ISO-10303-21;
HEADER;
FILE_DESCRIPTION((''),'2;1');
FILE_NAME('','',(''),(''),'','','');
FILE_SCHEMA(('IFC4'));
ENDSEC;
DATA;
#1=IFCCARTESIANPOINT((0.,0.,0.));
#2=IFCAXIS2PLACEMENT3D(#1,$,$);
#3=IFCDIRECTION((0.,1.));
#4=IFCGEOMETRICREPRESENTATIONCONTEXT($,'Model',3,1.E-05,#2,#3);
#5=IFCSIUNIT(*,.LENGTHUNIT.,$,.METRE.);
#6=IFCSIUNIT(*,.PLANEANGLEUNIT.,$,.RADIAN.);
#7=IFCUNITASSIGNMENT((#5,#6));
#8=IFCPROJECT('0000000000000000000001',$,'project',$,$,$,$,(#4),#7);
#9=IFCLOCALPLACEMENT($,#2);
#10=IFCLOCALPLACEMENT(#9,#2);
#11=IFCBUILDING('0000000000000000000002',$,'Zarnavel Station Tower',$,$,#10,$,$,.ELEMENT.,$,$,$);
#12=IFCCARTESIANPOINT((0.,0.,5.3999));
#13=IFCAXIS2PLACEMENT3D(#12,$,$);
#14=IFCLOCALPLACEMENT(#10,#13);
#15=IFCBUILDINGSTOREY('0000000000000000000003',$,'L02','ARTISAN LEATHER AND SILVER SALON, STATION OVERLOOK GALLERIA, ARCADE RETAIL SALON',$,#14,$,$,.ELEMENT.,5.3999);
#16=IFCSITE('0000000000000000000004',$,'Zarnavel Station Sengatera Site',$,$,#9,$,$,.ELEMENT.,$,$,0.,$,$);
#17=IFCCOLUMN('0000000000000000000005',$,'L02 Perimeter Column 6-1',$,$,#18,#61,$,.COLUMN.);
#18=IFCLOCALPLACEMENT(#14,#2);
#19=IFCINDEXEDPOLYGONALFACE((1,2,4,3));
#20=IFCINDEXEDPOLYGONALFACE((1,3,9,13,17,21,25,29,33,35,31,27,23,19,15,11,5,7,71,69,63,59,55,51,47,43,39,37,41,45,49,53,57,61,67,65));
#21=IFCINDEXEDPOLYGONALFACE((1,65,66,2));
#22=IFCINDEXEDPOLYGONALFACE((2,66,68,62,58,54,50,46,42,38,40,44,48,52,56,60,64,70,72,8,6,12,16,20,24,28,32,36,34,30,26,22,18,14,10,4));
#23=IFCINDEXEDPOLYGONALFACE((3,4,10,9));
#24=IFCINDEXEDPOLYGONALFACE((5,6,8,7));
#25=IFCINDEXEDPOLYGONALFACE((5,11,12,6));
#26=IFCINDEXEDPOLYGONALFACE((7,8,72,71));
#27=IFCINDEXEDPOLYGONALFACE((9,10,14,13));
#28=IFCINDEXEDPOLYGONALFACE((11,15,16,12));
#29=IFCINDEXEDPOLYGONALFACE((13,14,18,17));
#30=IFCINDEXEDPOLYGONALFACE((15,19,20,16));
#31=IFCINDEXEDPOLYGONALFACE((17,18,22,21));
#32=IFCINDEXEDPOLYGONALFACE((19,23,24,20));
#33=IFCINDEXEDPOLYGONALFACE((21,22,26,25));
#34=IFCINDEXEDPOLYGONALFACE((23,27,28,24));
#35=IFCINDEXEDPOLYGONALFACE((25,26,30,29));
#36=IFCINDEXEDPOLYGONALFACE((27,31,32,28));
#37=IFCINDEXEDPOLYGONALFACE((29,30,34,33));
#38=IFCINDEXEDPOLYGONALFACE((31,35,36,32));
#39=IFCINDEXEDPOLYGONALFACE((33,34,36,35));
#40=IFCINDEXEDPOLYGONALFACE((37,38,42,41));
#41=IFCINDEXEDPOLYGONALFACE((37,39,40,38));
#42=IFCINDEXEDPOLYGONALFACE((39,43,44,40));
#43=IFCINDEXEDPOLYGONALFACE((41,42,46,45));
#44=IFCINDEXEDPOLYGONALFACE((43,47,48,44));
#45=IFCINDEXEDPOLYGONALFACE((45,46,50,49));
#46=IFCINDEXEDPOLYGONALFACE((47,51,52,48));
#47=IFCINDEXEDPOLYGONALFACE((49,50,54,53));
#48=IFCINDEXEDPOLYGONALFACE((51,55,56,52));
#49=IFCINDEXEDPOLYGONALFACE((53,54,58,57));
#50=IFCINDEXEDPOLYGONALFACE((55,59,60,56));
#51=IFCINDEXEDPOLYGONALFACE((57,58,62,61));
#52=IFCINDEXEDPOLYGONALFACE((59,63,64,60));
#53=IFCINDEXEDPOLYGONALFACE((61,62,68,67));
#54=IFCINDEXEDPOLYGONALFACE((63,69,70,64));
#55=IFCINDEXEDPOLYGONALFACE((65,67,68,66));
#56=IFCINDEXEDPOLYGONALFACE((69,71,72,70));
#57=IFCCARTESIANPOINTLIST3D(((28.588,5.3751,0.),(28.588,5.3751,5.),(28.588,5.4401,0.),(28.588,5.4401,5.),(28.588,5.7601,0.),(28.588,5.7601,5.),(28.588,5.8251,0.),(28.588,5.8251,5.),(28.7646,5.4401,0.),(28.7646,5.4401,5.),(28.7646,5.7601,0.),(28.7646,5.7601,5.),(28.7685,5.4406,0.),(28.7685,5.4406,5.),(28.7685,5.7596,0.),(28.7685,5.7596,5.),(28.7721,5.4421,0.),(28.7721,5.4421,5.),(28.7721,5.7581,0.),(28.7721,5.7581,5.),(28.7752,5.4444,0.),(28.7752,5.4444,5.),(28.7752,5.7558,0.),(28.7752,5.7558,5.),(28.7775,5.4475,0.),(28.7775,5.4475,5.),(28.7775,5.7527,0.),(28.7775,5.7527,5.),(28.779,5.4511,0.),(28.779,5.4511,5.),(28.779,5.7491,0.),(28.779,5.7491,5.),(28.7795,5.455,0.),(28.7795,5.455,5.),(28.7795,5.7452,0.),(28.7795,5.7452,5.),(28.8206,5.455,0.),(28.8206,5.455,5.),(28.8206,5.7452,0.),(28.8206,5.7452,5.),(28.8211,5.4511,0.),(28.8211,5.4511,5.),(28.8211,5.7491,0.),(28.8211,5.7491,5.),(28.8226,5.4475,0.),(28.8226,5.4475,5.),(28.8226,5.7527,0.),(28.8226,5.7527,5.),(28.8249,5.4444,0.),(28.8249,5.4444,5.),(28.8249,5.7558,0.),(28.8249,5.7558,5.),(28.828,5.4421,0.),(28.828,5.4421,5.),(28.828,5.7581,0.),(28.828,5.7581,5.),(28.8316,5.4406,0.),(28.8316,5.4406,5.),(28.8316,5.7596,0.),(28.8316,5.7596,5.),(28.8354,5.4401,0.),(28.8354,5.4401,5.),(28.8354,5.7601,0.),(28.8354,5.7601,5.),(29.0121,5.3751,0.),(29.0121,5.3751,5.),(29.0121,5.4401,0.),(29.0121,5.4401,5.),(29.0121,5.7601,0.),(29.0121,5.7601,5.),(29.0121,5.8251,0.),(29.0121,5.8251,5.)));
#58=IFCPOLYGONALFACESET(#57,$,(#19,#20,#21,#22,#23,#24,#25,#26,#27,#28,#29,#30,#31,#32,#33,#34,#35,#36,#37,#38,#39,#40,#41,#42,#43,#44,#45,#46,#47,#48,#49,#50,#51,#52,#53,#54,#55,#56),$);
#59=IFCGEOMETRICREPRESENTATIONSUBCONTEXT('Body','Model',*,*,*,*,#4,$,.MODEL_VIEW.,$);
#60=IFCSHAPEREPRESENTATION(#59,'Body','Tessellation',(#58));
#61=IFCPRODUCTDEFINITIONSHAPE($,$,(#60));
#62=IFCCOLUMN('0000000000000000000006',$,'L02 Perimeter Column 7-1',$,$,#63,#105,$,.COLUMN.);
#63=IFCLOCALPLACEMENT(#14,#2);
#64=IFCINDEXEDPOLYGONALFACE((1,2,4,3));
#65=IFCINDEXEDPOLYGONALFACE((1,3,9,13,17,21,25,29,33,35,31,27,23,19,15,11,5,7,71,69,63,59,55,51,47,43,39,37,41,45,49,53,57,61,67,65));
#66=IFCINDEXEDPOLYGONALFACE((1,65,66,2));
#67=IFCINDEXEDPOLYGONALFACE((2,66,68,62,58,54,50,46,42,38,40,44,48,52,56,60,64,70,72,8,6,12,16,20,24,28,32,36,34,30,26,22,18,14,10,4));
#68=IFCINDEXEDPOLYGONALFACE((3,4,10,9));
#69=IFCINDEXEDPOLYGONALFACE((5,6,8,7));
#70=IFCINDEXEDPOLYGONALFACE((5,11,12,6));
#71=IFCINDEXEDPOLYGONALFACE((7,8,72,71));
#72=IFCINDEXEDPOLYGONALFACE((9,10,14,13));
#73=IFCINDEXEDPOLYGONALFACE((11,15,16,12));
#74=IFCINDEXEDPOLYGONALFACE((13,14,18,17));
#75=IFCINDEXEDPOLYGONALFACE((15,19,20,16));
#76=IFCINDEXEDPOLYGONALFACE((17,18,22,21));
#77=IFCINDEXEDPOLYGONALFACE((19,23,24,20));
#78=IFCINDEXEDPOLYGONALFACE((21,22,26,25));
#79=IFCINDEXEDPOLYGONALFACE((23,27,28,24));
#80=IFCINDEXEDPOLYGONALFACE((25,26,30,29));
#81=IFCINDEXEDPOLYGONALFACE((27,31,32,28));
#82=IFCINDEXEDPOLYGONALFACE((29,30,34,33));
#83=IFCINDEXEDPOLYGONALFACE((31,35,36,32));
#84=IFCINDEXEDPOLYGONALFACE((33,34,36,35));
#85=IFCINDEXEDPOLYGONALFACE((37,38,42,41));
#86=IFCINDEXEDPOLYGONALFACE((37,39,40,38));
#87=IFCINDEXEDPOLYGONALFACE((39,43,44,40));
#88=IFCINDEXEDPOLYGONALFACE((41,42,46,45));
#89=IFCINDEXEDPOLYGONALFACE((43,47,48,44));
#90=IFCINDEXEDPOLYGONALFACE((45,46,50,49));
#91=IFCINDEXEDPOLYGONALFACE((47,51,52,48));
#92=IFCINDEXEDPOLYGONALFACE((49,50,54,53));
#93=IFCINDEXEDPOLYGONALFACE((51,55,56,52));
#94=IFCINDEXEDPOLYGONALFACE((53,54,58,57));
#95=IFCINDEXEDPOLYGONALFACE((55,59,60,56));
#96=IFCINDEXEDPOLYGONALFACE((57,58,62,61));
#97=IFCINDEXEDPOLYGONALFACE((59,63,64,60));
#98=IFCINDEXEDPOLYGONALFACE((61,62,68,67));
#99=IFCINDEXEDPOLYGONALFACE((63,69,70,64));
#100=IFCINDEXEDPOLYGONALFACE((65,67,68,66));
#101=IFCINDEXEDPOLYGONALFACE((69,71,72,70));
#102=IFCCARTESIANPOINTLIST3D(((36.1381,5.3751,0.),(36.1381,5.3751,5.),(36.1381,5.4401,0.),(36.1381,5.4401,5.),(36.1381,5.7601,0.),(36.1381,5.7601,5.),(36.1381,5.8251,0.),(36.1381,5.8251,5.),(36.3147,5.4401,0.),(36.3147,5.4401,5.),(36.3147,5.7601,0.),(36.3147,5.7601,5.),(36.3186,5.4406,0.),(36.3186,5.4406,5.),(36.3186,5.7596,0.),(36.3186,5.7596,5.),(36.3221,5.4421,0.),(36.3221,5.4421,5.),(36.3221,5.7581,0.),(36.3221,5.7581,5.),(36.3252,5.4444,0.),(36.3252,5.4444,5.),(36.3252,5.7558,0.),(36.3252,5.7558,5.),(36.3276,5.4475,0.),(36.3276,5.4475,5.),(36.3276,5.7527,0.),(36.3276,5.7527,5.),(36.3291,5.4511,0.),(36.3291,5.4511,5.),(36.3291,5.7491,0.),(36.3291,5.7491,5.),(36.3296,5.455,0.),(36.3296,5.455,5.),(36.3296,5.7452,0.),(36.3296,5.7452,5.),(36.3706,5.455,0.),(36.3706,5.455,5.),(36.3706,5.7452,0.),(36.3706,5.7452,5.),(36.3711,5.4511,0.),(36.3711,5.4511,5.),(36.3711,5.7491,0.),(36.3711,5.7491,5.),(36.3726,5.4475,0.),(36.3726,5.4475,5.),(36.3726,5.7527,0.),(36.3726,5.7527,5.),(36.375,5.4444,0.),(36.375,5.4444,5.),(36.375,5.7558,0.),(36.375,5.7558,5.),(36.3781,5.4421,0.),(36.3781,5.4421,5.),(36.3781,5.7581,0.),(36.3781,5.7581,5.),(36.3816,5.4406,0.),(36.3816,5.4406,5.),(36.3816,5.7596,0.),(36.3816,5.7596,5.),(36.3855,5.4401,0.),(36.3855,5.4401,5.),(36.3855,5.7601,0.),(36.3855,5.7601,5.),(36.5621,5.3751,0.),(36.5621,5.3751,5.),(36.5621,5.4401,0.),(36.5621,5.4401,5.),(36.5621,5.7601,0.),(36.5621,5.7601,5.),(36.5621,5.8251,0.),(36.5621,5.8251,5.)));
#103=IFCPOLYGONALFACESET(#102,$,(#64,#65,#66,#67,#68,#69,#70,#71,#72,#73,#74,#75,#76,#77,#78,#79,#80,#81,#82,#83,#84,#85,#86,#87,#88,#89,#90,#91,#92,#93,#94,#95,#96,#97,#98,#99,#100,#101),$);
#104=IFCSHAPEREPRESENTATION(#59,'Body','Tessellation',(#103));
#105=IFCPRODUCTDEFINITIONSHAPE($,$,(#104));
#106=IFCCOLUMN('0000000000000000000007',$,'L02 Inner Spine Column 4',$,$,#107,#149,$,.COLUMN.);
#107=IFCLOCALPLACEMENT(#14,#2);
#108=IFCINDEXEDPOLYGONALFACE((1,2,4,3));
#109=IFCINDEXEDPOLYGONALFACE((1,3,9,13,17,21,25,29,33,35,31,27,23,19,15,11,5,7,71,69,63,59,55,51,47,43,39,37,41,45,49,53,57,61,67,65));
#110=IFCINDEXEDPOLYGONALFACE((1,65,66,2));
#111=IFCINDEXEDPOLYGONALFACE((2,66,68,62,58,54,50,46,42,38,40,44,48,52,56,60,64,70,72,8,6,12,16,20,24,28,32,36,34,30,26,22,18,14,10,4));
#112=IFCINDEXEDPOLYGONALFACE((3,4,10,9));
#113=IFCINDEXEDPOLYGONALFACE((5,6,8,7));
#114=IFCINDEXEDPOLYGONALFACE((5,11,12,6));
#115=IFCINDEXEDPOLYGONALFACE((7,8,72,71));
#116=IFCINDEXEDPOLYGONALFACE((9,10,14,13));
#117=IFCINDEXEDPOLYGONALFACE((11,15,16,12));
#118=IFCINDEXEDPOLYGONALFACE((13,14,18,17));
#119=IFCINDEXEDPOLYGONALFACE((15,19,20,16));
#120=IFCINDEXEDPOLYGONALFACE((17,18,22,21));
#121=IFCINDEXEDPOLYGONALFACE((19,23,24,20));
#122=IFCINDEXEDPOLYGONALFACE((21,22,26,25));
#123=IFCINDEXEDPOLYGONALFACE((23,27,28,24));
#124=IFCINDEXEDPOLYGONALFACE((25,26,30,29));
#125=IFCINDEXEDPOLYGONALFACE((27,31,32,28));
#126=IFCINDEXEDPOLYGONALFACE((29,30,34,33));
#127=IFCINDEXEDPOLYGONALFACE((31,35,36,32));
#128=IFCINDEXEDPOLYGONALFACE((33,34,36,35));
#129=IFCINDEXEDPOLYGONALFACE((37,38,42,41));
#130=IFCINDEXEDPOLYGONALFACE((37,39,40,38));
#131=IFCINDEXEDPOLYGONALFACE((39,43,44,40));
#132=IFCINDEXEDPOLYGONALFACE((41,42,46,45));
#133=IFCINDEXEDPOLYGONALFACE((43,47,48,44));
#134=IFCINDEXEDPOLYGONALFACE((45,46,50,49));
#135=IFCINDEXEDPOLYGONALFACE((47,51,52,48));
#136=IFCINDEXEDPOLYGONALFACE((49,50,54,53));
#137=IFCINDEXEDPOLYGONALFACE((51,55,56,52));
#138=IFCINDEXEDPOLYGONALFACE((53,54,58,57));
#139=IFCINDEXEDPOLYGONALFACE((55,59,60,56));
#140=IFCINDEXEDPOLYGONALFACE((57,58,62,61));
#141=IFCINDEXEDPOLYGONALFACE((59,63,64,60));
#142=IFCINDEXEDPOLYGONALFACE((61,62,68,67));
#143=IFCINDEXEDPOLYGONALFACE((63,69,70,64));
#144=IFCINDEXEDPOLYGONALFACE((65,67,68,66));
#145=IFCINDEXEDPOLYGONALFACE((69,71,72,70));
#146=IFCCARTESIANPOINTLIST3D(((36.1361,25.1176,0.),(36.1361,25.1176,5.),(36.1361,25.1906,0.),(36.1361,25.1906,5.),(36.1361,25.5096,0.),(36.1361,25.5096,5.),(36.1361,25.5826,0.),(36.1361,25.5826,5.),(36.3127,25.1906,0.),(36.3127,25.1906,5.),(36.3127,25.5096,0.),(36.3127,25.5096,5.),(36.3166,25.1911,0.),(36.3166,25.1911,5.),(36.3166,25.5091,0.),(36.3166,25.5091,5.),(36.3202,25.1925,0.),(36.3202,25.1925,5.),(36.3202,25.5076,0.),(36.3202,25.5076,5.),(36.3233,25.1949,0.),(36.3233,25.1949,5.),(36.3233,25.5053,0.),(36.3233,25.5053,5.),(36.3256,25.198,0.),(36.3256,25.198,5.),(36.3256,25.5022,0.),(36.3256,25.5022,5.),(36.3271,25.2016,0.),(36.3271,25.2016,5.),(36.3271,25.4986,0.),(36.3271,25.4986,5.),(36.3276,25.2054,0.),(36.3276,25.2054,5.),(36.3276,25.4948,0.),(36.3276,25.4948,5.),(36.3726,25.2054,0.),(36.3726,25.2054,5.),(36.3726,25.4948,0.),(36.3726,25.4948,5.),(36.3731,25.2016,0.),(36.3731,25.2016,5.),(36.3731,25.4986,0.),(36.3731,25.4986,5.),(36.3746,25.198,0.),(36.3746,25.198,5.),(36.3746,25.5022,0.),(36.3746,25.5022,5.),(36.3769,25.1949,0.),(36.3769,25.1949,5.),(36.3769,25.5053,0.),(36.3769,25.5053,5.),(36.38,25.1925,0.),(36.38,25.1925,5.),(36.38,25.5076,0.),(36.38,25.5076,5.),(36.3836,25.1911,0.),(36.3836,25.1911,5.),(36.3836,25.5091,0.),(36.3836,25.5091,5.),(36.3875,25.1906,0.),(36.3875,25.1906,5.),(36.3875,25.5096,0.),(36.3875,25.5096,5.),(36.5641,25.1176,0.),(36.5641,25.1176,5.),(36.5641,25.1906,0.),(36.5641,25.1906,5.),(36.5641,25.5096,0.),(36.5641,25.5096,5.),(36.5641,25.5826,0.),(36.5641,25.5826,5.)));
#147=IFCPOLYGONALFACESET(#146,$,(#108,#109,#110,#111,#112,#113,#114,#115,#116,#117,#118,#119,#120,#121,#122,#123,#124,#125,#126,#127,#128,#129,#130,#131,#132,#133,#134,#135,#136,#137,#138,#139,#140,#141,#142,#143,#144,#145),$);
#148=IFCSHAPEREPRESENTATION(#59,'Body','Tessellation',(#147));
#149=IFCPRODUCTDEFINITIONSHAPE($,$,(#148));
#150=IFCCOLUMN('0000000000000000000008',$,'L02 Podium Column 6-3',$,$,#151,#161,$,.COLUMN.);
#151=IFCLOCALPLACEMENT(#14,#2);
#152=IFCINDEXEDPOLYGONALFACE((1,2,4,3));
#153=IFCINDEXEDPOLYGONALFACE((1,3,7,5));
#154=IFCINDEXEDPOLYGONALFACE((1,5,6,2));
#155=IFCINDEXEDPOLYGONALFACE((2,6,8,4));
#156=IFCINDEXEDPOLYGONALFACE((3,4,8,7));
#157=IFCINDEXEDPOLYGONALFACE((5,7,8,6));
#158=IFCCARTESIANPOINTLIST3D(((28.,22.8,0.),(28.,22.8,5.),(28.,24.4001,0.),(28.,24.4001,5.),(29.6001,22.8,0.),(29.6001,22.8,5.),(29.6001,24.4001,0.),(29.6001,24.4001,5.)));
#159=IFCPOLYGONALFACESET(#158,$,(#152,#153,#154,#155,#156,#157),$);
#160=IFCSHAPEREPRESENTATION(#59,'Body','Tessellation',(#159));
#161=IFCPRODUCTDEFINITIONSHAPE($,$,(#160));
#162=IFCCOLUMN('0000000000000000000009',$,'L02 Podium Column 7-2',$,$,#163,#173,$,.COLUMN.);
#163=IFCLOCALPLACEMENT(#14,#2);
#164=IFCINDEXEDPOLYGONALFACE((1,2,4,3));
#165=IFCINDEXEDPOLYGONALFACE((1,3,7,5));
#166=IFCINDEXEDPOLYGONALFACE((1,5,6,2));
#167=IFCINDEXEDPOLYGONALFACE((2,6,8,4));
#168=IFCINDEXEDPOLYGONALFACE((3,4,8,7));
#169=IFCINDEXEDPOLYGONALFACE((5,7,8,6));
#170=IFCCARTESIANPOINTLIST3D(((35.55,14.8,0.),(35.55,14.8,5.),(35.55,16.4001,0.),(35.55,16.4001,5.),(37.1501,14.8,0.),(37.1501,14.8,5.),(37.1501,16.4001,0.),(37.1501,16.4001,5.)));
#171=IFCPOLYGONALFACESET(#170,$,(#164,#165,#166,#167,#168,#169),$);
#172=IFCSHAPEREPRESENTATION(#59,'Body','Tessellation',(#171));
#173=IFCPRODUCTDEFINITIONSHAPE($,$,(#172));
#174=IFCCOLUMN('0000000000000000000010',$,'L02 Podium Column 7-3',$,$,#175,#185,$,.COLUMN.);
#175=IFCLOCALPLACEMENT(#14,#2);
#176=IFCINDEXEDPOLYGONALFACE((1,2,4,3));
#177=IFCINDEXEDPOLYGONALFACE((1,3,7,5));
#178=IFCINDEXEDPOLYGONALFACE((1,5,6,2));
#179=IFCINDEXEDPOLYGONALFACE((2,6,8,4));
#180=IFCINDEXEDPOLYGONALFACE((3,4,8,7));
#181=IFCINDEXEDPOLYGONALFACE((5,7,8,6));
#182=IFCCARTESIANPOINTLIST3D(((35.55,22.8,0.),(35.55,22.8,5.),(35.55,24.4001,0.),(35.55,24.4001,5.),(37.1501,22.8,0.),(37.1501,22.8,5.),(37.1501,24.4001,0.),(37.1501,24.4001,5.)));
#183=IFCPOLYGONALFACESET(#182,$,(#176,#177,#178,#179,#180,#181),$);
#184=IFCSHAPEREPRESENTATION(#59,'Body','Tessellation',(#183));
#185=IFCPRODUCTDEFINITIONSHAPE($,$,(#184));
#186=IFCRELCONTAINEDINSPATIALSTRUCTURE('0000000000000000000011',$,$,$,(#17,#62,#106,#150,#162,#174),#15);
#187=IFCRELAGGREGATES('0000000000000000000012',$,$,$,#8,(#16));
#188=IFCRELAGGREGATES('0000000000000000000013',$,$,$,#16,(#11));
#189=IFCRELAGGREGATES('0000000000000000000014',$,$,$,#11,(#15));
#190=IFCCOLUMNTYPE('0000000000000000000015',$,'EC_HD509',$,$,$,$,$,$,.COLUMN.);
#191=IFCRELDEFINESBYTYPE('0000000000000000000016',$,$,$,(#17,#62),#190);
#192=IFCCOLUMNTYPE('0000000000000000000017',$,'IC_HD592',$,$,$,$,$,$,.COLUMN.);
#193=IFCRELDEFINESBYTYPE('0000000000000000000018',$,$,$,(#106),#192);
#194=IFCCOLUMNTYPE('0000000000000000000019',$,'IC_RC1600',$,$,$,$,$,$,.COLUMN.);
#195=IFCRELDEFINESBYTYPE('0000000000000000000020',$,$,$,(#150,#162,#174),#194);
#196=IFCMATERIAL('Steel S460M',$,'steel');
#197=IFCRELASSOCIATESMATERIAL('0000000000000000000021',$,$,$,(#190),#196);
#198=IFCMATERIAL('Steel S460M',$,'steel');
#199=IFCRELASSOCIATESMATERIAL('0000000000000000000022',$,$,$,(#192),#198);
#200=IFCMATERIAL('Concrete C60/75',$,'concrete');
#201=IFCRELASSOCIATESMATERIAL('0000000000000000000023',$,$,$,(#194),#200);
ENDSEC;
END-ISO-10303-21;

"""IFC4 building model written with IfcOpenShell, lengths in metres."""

from ifc_helpers import new_model, si_unit, direction, frame, origin, origin_2d, place, context, subcontext, project, spatial, rectangle, i_section, extrude, material, material_profile, profile_set, type_object, element, save


model = new_model("IFC4")

# Units and contexts
model_context = context("Model", 3, precision=1e-05, world=origin(), true_north=direction((0.0, 1.0)))
body_context = subcontext(model_context, "Body", "Model", "MODEL_VIEW")
ifc_project = project(units=[si_unit("LENGTHUNIT", "METRE"), si_unit("PLANEANGLEUNIT", "RADIAN")], contexts=[model_context])

# Site, building, storey
site_placement = place(None, origin())
site = spatial("IfcSite", under=ifc_project, at=site_placement, Name="Zarnavel Station Sengatera Site", CompositionType="ELEMENT", RefElevation=0.0)
building_placement = place(site_placement, origin())
building = spatial("IfcBuilding", under=site, at=building_placement, Name="Zarnavel Station Tower", CompositionType="ELEMENT")
storey_placement = place(building_placement, frame((0.0, 0.0, 5.3999)))
storey = spatial("IfcBuildingStorey", under=building, at=storey_placement, Name="L02", Description="ARTISAN LEATHER AND SILVER SALON, STATION OVERLOOK GALLERIA, ARCADE RETAIL SALON", CompositionType="ELEMENT", Elevation=5.3999)

# Columns
ifc_material_1 = material(Name="Steel S460M", Category="steel")
ifc_material_profile_1 = material_profile(ifc_material_1, i_section(OverallWidth=0.4241, OverallDepth=0.45, WebThickness=0.041, FlangeThickness=0.0649, FilletRadius=0.0149, at=origin_2d()), Name="HD400x509")
ifc_profile_set_1 = profile_set([ifc_material_profile_1], Name="Steel S460M")
column_type_1 = type_object("IfcColumnType", Name="EC_HD509", PredefinedType="COLUMN", material=ifc_profile_set_1)
for number, where, z_axis, x_axis, name in (
    (1, (28.8, 5.6001, 0.0), (0.0, 0.0, 1.0), (1.0, 0.0, 0.0), "L02 Perimeter Column 6-1"),
    (2, (36.3501, 5.6001, 0.0), (0.0, 0.0, 1.0), (1.0, 0.0, 0.0), "L02 Perimeter Column 7-1"),
):
    element("IfcColumn", number, at=place(storey_placement, frame(where, z_axis=z_axis, x_axis=x_axis)), inside=storey, type_object=column_type_1, Name=name, PredefinedType="COLUMN", context=body_context, shape_type="SweptSolid", body=[
        extrude(i_section(OverallWidth=0.4241, OverallDepth=0.45, WebThickness=0.041, FlangeThickness=0.0649, FilletRadius=0.0149, at=origin_2d()), origin(), (0.0, 0.0, 1.0), 5.0),
    ])
ifc_material_2 = material(Name="Steel S460M", Category="steel")
ifc_material_profile_2 = material_profile(ifc_material_2, i_section(OverallWidth=0.428, OverallDepth=0.4651, WebThickness=0.0449, FlangeThickness=0.073, FilletRadius=0.0149, at=origin_2d()), Name="HD400x592")
ifc_profile_set_2 = profile_set([ifc_material_profile_2], Name="Steel S460M")
column_type_2 = type_object("IfcColumnType", Name="IC_HD592", PredefinedType="COLUMN", material=ifc_profile_set_2)
column_placement = place(storey_placement, frame((36.3501, 25.3501, 0.0), z_axis=(0.0, 0.0, 1.0), x_axis=(1.0, 0.0, 0.0)))
element("IfcColumn", 3, at=column_placement, inside=storey, type_object=column_type_2, Name="L02 Inner Spine Column 4", PredefinedType="COLUMN", context=body_context, shape_type="SweptSolid", body=[
    extrude(i_section(OverallWidth=0.428, OverallDepth=0.4651, WebThickness=0.0449, FlangeThickness=0.073, FilletRadius=0.0149, at=origin_2d()), origin(), (0.0, 0.0, 1.0), 5.0),
])
ifc_material_3 = material(Name="Concrete C60/75", Category="concrete")
ifc_material_profile_3 = material_profile(ifc_material_3, rectangle(XDim=1.6001, YDim=1.6001, at=origin_2d()), Name="RC1600x1600")
ifc_profile_set_3 = profile_set([ifc_material_profile_3], Name="Concrete C60/75")
column_type_3 = type_object("IfcColumnType", Name="IC_RC1600", PredefinedType="COLUMN", material=ifc_profile_set_3)
for number, where, z_axis, x_axis, name in (
    (4, (28.8, 23.6001, 0.0), (0.0, 0.0, 1.0), (1.0, 0.0, 0.0), "L02 Podium Column 6-3"),
    (5, (36.3501, 15.6001, 0.0), (0.0, 0.0, 1.0), (1.0, 0.0, 0.0), "L02 Podium Column 7-2"),
    (6, (36.3501, 23.6001, 0.0), (0.0, 0.0, 1.0), (1.0, 0.0, 0.0), "L02 Podium Column 7-3"),
):
    element("IfcColumn", number, at=place(storey_placement, frame(where, z_axis=z_axis, x_axis=x_axis)), inside=storey, type_object=column_type_3, Name=name, PredefinedType="COLUMN", context=body_context, shape_type="SweptSolid", body=[
        extrude(rectangle(XDim=1.6001, YDim=1.6001, at=origin_2d()), origin(), (0.0, 0.0, 1.0), 5.0),
    ])

save(model, "model.ifc")
